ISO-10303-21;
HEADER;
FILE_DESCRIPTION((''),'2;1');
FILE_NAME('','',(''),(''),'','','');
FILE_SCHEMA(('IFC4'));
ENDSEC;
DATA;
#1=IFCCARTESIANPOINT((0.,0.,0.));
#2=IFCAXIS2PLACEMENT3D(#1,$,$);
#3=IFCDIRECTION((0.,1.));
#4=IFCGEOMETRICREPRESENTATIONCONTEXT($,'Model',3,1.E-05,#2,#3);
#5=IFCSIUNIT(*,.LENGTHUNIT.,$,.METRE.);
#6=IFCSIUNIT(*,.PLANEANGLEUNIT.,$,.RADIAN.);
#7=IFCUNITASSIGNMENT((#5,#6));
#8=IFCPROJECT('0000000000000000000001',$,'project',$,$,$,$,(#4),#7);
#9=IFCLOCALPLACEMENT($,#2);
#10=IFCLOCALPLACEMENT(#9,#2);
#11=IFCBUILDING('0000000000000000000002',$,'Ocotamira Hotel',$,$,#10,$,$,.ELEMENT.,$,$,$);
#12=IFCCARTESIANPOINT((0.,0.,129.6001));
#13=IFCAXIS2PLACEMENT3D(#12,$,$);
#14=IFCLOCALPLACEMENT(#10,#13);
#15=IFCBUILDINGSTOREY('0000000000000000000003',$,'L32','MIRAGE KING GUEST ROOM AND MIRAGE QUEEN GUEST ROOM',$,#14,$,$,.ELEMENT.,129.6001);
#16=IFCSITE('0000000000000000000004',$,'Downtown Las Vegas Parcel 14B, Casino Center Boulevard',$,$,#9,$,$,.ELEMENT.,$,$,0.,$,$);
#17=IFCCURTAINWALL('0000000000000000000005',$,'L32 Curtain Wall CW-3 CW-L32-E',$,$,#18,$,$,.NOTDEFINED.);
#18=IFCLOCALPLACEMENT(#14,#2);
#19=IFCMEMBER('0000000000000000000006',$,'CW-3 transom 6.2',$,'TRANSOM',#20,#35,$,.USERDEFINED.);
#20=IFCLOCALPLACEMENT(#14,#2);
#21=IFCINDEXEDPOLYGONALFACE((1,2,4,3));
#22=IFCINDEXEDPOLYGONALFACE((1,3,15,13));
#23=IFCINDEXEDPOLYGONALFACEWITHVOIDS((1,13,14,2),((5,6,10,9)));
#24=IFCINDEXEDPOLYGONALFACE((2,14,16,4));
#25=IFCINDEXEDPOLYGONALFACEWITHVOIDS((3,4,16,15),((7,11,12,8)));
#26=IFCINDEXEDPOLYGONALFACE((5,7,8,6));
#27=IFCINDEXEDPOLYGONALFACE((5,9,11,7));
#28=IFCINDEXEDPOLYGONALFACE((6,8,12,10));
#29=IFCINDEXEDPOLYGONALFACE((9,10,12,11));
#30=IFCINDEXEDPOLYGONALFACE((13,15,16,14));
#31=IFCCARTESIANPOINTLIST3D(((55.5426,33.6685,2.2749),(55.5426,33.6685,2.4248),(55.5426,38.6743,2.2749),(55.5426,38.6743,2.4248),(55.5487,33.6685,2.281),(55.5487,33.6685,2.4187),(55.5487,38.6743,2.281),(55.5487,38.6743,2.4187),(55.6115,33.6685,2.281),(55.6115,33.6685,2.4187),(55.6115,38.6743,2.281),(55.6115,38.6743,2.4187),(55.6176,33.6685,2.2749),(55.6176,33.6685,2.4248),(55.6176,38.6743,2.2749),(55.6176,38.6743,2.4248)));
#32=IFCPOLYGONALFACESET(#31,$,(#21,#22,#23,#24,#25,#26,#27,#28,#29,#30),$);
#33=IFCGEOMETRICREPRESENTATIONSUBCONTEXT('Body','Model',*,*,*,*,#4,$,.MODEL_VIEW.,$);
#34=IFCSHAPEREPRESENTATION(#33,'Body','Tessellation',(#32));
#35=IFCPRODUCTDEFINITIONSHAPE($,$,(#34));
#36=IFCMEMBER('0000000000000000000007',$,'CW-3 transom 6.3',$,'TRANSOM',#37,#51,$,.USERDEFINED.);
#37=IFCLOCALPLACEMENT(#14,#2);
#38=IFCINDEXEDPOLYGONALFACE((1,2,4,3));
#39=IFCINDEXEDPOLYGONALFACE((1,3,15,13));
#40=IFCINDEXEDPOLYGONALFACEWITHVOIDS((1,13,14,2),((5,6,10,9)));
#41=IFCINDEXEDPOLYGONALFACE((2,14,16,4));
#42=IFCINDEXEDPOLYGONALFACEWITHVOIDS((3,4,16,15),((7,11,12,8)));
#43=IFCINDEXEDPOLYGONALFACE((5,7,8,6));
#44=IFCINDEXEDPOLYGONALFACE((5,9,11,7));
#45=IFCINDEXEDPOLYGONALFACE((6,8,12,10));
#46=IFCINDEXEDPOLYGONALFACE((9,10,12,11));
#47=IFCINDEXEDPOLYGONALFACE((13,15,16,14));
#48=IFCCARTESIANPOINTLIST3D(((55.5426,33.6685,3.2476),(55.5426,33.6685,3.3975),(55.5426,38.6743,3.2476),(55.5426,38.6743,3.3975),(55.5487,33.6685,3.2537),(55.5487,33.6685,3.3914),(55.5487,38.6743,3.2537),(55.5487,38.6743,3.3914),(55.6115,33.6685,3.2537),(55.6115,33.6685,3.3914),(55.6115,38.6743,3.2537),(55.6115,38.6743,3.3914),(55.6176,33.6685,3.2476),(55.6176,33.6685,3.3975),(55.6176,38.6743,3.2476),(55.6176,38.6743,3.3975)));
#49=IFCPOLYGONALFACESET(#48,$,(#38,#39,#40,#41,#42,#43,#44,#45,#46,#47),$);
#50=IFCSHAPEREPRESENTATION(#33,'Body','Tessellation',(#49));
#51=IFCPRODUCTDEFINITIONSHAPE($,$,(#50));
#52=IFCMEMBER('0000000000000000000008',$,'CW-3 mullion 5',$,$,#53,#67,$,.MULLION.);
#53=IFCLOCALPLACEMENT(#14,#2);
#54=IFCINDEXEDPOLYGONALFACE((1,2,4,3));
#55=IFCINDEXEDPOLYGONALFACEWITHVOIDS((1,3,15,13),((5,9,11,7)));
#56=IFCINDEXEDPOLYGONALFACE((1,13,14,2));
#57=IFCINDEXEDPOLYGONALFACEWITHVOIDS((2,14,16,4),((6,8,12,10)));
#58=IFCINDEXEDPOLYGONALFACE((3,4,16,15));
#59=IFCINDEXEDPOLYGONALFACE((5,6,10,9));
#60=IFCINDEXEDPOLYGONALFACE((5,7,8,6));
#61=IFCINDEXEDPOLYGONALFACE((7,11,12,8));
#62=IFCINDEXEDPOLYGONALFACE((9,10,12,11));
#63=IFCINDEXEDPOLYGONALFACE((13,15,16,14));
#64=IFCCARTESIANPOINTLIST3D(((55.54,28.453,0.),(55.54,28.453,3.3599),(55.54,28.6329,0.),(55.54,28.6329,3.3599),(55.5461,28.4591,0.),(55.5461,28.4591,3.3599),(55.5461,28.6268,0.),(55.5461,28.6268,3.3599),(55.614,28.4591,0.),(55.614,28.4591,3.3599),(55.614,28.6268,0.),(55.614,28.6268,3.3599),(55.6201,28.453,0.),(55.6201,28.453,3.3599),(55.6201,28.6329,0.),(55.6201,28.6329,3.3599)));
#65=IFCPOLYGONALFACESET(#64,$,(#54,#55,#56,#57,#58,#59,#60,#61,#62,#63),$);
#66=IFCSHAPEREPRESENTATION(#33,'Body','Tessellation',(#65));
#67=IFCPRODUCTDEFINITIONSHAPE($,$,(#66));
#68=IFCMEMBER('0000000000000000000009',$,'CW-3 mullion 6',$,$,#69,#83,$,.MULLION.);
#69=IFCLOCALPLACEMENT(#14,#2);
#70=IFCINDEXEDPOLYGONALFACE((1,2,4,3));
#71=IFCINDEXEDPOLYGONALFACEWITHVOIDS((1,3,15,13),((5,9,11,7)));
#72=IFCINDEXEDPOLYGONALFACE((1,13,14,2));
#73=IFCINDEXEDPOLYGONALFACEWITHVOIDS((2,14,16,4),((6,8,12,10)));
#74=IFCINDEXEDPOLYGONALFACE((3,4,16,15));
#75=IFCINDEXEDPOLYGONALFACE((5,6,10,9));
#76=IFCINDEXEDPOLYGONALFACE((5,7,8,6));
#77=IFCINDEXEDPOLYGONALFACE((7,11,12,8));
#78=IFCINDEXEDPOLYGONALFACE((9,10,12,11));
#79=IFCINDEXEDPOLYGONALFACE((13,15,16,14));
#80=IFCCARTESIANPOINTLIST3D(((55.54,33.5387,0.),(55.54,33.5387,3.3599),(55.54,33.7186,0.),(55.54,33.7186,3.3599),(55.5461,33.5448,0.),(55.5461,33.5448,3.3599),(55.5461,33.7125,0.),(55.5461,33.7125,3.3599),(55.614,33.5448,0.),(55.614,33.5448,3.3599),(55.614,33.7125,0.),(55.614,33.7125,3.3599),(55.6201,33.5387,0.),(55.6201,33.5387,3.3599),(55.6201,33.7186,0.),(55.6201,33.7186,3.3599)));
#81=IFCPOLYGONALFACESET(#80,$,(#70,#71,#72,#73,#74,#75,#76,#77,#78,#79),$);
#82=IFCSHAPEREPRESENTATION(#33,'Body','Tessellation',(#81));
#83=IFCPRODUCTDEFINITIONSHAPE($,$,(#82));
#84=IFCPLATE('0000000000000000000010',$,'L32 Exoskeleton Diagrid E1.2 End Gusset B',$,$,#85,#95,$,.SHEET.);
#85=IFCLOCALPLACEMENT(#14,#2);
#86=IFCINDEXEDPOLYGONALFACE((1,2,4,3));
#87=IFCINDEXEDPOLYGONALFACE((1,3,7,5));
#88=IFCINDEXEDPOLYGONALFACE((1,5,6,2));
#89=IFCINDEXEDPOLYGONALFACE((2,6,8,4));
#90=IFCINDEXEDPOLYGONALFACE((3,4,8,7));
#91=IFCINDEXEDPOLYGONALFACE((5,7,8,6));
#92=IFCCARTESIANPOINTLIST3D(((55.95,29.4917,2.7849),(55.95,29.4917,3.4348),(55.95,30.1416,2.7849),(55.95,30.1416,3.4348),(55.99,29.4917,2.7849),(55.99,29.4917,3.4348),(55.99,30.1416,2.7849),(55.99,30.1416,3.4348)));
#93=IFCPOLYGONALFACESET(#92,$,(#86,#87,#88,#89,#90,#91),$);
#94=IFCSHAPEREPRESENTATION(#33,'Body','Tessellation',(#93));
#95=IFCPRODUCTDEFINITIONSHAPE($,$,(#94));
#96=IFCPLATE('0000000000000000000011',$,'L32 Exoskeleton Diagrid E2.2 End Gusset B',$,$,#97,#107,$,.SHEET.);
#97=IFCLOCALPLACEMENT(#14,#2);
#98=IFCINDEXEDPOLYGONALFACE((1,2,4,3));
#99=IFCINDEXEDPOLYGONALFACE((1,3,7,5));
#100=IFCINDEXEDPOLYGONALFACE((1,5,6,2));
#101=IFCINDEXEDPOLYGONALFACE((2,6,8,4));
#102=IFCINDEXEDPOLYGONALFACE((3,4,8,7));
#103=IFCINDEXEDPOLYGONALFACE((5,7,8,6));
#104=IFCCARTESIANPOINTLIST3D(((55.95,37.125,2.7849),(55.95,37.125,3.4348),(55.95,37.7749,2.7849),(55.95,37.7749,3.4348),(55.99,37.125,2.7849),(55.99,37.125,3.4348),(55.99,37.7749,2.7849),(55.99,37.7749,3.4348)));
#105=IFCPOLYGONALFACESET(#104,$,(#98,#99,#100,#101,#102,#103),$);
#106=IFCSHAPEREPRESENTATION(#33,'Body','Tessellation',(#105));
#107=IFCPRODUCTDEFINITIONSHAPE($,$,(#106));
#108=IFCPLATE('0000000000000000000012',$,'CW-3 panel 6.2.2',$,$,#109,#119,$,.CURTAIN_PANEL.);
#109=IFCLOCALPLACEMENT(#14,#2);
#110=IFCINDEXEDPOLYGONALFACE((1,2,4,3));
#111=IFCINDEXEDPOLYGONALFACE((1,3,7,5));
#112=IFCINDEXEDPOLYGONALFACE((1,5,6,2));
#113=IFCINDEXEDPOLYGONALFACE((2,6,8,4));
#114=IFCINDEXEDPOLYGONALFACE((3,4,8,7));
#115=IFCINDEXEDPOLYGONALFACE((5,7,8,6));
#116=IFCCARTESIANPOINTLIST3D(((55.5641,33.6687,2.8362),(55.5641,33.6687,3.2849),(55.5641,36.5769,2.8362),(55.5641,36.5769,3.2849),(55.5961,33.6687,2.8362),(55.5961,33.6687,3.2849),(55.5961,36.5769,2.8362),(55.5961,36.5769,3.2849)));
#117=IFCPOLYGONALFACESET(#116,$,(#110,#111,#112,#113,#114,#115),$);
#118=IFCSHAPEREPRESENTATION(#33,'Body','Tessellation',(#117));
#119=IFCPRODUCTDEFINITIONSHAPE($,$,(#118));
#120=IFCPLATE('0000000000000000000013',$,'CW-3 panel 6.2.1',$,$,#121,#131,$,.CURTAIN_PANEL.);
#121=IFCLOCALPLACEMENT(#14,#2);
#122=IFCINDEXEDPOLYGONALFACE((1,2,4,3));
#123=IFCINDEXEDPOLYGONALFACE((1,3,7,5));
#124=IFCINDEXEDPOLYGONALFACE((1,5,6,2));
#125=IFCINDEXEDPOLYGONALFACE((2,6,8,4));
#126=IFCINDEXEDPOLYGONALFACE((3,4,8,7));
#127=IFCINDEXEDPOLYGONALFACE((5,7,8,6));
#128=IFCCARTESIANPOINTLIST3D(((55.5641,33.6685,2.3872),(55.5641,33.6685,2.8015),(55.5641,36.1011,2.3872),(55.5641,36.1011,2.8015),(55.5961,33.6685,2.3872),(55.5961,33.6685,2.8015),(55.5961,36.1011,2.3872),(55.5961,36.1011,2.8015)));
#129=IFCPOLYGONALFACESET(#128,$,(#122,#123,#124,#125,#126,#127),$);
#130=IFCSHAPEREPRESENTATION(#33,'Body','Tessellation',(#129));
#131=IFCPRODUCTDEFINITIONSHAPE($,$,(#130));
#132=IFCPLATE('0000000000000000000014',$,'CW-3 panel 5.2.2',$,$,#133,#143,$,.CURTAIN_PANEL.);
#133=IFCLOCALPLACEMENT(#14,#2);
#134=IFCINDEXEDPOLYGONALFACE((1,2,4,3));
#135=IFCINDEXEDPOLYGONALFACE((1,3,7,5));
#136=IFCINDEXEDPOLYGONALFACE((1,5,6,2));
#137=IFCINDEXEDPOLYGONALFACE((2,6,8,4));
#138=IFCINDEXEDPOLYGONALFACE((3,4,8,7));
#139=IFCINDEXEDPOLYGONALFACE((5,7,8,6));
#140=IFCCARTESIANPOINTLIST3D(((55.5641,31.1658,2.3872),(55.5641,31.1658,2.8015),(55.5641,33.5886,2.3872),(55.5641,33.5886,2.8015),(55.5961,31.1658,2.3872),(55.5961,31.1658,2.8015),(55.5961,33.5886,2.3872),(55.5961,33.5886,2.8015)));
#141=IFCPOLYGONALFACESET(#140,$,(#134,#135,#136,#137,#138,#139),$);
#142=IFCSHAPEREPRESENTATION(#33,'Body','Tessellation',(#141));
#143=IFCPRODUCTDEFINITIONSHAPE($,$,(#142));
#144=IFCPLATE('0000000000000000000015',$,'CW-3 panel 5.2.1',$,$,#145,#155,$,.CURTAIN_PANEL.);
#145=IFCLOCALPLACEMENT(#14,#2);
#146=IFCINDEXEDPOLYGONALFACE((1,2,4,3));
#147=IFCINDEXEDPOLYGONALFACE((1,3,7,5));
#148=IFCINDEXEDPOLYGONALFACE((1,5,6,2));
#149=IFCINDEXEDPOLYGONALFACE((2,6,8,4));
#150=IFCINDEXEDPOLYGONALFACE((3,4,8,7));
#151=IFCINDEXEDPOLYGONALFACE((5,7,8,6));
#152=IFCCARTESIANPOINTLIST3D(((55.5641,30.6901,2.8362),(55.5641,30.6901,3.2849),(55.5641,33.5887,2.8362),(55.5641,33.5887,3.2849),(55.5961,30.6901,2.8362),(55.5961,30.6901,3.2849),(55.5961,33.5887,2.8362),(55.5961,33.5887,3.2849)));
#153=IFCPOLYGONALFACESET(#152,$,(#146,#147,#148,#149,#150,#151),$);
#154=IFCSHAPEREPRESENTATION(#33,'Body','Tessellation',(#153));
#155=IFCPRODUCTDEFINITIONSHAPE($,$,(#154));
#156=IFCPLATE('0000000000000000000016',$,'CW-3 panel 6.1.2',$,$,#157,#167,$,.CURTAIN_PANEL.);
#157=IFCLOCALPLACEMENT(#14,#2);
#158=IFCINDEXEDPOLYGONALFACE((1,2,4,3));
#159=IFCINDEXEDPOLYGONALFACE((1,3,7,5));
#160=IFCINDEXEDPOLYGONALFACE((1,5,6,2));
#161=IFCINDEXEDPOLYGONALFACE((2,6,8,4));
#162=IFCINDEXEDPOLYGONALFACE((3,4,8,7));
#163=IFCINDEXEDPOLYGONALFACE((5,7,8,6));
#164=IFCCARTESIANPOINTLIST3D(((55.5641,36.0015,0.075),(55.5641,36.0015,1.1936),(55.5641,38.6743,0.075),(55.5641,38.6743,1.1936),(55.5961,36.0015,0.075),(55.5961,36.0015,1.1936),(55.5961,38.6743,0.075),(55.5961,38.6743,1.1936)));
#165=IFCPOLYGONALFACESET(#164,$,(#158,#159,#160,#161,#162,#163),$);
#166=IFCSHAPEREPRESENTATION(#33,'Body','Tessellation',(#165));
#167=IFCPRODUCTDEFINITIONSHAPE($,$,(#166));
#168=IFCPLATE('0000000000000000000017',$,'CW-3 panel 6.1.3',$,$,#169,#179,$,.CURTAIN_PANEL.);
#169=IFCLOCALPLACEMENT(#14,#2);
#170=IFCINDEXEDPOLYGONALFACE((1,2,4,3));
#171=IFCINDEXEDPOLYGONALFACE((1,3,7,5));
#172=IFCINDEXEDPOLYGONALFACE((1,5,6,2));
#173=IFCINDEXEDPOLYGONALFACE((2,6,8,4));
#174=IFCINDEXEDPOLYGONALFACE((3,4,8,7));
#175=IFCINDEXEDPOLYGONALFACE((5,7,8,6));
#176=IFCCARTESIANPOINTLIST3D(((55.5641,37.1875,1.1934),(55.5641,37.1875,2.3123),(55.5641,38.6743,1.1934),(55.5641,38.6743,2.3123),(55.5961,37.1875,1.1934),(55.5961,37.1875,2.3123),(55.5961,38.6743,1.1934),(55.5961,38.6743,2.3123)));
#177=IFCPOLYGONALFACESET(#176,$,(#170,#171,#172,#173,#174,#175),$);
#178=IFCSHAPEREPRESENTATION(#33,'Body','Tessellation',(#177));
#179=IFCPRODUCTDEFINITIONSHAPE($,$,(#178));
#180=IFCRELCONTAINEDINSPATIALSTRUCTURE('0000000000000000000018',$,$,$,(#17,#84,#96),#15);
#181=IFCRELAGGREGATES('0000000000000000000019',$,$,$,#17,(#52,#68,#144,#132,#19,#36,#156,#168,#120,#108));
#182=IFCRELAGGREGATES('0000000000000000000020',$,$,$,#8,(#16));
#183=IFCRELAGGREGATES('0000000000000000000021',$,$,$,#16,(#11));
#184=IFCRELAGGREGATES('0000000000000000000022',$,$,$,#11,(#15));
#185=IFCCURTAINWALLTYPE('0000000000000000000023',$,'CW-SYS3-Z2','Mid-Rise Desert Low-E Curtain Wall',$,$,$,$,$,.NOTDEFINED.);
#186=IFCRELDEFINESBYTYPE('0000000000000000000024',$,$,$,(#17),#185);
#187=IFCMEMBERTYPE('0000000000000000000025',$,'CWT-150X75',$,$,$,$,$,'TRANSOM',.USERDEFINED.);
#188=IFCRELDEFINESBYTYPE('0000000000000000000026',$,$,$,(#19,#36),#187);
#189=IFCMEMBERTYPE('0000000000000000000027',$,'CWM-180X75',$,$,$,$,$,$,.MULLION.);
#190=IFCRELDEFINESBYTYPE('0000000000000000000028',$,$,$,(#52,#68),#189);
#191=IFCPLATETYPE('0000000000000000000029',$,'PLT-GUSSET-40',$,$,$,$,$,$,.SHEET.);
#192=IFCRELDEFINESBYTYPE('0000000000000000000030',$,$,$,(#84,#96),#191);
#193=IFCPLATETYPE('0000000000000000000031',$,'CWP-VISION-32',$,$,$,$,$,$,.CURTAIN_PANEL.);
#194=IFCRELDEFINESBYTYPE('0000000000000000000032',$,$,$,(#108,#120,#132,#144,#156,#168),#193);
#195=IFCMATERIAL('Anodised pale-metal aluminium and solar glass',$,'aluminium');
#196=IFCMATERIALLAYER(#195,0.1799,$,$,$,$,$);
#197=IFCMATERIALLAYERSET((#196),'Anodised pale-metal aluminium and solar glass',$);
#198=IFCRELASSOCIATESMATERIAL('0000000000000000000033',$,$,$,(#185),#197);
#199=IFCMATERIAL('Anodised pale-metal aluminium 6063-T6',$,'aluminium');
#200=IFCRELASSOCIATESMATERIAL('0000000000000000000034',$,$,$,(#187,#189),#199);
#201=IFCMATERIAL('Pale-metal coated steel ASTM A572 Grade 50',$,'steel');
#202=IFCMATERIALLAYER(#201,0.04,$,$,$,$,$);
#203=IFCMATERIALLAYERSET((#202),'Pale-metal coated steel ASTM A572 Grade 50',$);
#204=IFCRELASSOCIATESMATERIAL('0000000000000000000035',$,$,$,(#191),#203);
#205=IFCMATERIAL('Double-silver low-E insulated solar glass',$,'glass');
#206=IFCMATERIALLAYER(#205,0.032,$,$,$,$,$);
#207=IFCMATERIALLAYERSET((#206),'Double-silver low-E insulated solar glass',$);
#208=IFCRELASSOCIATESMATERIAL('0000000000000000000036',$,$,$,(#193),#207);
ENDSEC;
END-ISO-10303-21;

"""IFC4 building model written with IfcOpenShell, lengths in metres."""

from ifc_helpers import new_model, si_unit, direction, frame, origin, origin_2d, place, context, subcontext, project, spatial, rectangle, hollow_rectangle, extrude, source, transform, mapped, material, layer, layer_set, material_profile, profile_set, type_object, element, aggregate, save


model = new_model("IFC4")

# Units and contexts
model_context = context("Model", 3, precision=1e-05, world=origin(), true_north=direction((0.0, 1.0)))
body_context = subcontext(model_context, "Body", "Model", "MODEL_VIEW")
ifc_project = project(units=[si_unit("LENGTHUNIT", "METRE"), si_unit("PLANEANGLEUNIT", "RADIAN")], contexts=[model_context])

# Site, building, storey
site_placement = place(None, origin())
site = spatial("IfcSite", under=ifc_project, at=site_placement, Name="Downtown Las Vegas Parcel 14B, Casino Center Boulevard", CompositionType="ELEMENT", RefElevation=0.0)
building_placement = place(site_placement, origin())
building = spatial("IfcBuilding", under=site, at=building_placement, Name="Ocotamira Hotel", CompositionType="ELEMENT")
storey_placement = place(building_placement, frame((0.0, 0.0, 129.6001)))
storey = spatial("IfcBuildingStorey", under=building, at=storey_placement, Name="L32", Description="MIRAGE KING GUEST ROOM AND MIRAGE QUEEN GUEST ROOM", CompositionType="ELEMENT", Elevation=129.6001)

# Curtain wall, members
ifc_material_1 = material(Name="Anodised pale-metal aluminium and solar glass", Category="aluminium")
ifc_layer_1 = layer(ifc_material_1, 0.1799)
ifc_layer_set_1 = layer_set([ifc_layer_1], Name="Anodised pale-metal aluminium and solar glass")
curtain_wall_type = type_object("IfcCurtainWallType", Name="CW-SYS3-Z2", Description="Mid-Rise Desert Low-E Curtain Wall", PredefinedType="NOTDEFINED", material=ifc_layer_set_1)
curtain_wall_placement = place(storey_placement, origin())
curtain_wall = element("IfcCurtainWall", 1, at=curtain_wall_placement, inside=storey, type_object=curtain_wall_type, Name="L32 Curtain Wall CW-3 CW-L32-E", PredefinedType="NOTDEFINED")
ifc_material_2 = material(Name="Anodised pale-metal aluminium 6063-T6", Category="aluminium")
ifc_material_profile_1 = material_profile(ifc_material_2, hollow_rectangle(XDim=0.075, YDim=0.1499, WallThickness=0.0061, at=origin_2d()), Name="HSS150X75X6")
ifc_profile_set_1 = profile_set([ifc_material_profile_1], Name="Anodised pale-metal aluminium 6063-T6")
member_type_1 = type_object("IfcMemberType", Name="CWT-150X75", ElementType="TRANSOM", PredefinedType="USERDEFINED", material=ifc_profile_set_1)
shared_shape_1 = source(origin(), body_context, "Body", "SweptSolid", [
    extrude(hollow_rectangle(XDim=0.075, YDim=0.1499, WallThickness=0.0061, at=origin_2d()), origin(), (0.0, 0.0, 1.0), 5.0059),
])
member_1_placement = place(storey_placement, frame((55.5801, 33.6685, 2.3499), z_axis=(0.0, 1.0, 0.0), x_axis=(-1.0, 0.0, 0.0)))
member_1 = element("IfcMember", 2, at=member_1_placement, type_object=member_type_1, Name="CW-3 transom 6.2", ObjectType="TRANSOM", PredefinedType="USERDEFINED", context=body_context, shape_type="MappedRepresentation", body=[
    mapped(shared_shape_1, transform((0.0, 0.0, 0.0), scale=1.0)),
])
member_2_placement = place(storey_placement, frame((55.5801, 33.6685, 3.3225), z_axis=(0.0, 1.0, 0.0), x_axis=(-1.0, 0.0, 0.0)))
member_2 = element("IfcMember", 3, at=member_2_placement, type_object=member_type_1, Name="CW-3 transom 6.3", ObjectType="TRANSOM", PredefinedType="USERDEFINED", context=body_context, shape_type="MappedRepresentation", body=[
    mapped(shared_shape_1, transform((0.0, 0.0, 0.0), scale=1.0)),
])
ifc_material_profile_2 = material_profile(ifc_material_2, hollow_rectangle(XDim=0.0801, YDim=0.1799, WallThickness=0.0061, at=origin_2d()), Name="HSS180X80X6")
ifc_profile_set_2 = profile_set([ifc_material_profile_2], Name="Anodised pale-metal aluminium 6063-T6")
member_type_2 = type_object("IfcMemberType", Name="CWM-180X75", PredefinedType="MULLION", material=ifc_profile_set_2)
shared_shape_2 = source(origin(), body_context, "Body", "SweptSolid", [
    extrude(hollow_rectangle(XDim=0.0801, YDim=0.1799, WallThickness=0.0061, at=origin_2d()), origin(), (0.0, 0.0, 1.0), 3.3599),
])
member_3_placement = place(storey_placement, frame((55.5801, 28.543, 0.0), z_axis=(0.0, 0.0, 1.0), x_axis=(-1.0, 0.0, 0.0)))
member_3 = element("IfcMember", 4, at=member_3_placement, type_object=member_type_2, Name="CW-3 mullion 5", PredefinedType="MULLION", context=body_context, shape_type="MappedRepresentation", body=[
    mapped(shared_shape_2, transform((0.0, 0.0, 0.0), scale=1.0)),
])
member_4_placement = place(storey_placement, frame((55.5801, 33.6287, 0.0), z_axis=(0.0, 0.0, 1.0), x_axis=(-1.0, 0.0, 0.0)))
member_4 = element("IfcMember", 5, at=member_4_placement, type_object=member_type_2, Name="CW-3 mullion 6", PredefinedType="MULLION", context=body_context, shape_type="MappedRepresentation", body=[
    mapped(shared_shape_2, transform((0.0, 0.0, 0.0), scale=1.0)),
])

# Plates
ifc_material_3 = material(Name="Pale-metal coated steel ASTM A572 Grade 50", Category="steel")
ifc_layer_2 = layer(ifc_material_3, 0.04)
ifc_layer_set_2 = layer_set([ifc_layer_2], Name="Pale-metal coated steel ASTM A572 Grade 50")
plate_type_1 = type_object("IfcPlateType", Name="PLT-GUSSET-40", PredefinedType="SHEET", material=ifc_layer_set_2)
shared_shape_3 = source(origin(), body_context, "Body", "SweptSolid", [
    extrude(rectangle(XDim=0.04, YDim=0.6499, at=origin_2d()), origin(), (0.0, 0.0, 1.0), 0.6499),
])
for number, where, z_axis, x_axis, name in (
    (6, (55.97, 29.8167, 2.7849), (0.0, 0.0, 1.0), (1.0, 0.0, 0.0), "L32 Exoskeleton Diagrid E1.2 End Gusset B"),
    (7, (55.97, 37.45, 2.7849), (0.0, 0.0, 1.0), (1.0, 0.0, 0.0), "L32 Exoskeleton Diagrid E2.2 End Gusset B"),
):
    element("IfcPlate", number, at=place(storey_placement, frame(where, z_axis=z_axis, x_axis=x_axis)), inside=storey, type_object=plate_type_1, Name=name, PredefinedType="SHEET", context=body_context, shape_type="MappedRepresentation", body=[
        mapped(shared_shape_3, transform((0.0, 0.0, 0.0), scale=1.0)),
    ])

# Plates
ifc_material_4 = material(Name="Double-silver low-E insulated solar glass", Category="glass")
ifc_layer_3 = layer(ifc_material_4, 0.032)
ifc_layer_set_3 = layer_set([ifc_layer_3], Name="Double-silver low-E insulated solar glass")
plate_type_2 = type_object("IfcPlateType", Name="CWP-VISION-32", PredefinedType="CURTAIN_PANEL", material=ifc_layer_set_3)
shared_shape_4 = source(origin(), body_context, "Body", "SweptSolid", [
    extrude(rectangle(XDim=2.9082, YDim=0.032, at=origin_2d()), origin(), (0.0, 0.0, 1.0), 0.4487),
])
plate_1_placement = place(storey_placement, frame((55.5801, 35.1228, 2.8362), z_axis=(0.0, 0.0, 1.0), x_axis=(0.0, 1.0, 0.0)))
plate_1 = element("IfcPlate", 8, at=plate_1_placement, type_object=plate_type_2, Name="CW-3 panel 6.2.2", PredefinedType="CURTAIN_PANEL", context=body_context, shape_type="MappedRepresentation", body=[
    mapped(shared_shape_4, transform((0.0, 0.0, 0.0), scale=1.0)),
])
shared_shape_5 = source(origin(), body_context, "Body", "SweptSolid", [
    extrude(rectangle(XDim=2.4326, YDim=0.032, at=origin_2d()), origin(), (0.0, 0.0, 1.0), 0.4143),
])
plate_2_placement = place(storey_placement, frame((55.5801, 34.8848, 2.3872), z_axis=(0.0, 0.0, 1.0), x_axis=(0.0, 1.0, 0.0)))
plate_2 = element("IfcPlate", 9, at=plate_2_placement, type_object=plate_type_2, Name="CW-3 panel 6.2.1", PredefinedType="CURTAIN_PANEL", context=body_context, shape_type="MappedRepresentation", body=[
    mapped(shared_shape_5, transform((0.0, 0.0, 0.0), scale=1.0)),
])
shared_shape_6 = source(origin(), body_context, "Body", "SweptSolid", [
    extrude(rectangle(XDim=2.4229, YDim=0.032, at=origin_2d()), origin(), (0.0, 0.0, 1.0), 0.4143),
])
plate_3_placement = place(storey_placement, frame((55.5801, 32.3772, 2.3872), z_axis=(0.0, 0.0, 1.0), x_axis=(0.0, 1.0, 0.0)))
plate_3 = element("IfcPlate", 10, at=plate_3_placement, type_object=plate_type_2, Name="CW-3 panel 5.2.2", PredefinedType="CURTAIN_PANEL", context=body_context, shape_type="MappedRepresentation", body=[
    mapped(shared_shape_6, transform((0.0, 0.0, 0.0), scale=1.0)),
])
shared_shape_7 = source(origin(), body_context, "Body", "SweptSolid", [
    extrude(rectangle(XDim=2.8987, YDim=0.032, at=origin_2d()), origin(), (0.0, 0.0, 1.0), 0.4487),
])
plate_4_placement = place(storey_placement, frame((55.5801, 32.1394, 2.8362), z_axis=(0.0, 0.0, 1.0), x_axis=(0.0, 1.0, 0.0)))
plate_4 = element("IfcPlate", 11, at=plate_4_placement, type_object=plate_type_2, Name="CW-3 panel 5.2.1", PredefinedType="CURTAIN_PANEL", context=body_context, shape_type="MappedRepresentation", body=[
    mapped(shared_shape_7, transform((0.0, 0.0, 0.0), scale=1.0)),
])
shared_shape_8 = source(origin(), body_context, "Body", "SweptSolid", [
    extrude(rectangle(XDim=2.6729, YDim=0.032, at=origin_2d()), origin(), (0.0, 0.0, 1.0), 1.1187),
])
plate_5_placement = place(storey_placement, frame((55.5801, 37.3379, 0.075), z_axis=(0.0, 0.0, 1.0), x_axis=(0.0, 1.0, 0.0)))
plate_5 = element("IfcPlate", 12, at=plate_5_placement, type_object=plate_type_2, Name="CW-3 panel 6.1.2", PredefinedType="CURTAIN_PANEL", context=body_context, shape_type="MappedRepresentation", body=[
    mapped(shared_shape_8, transform((0.0, 0.0, 0.0), scale=1.0)),
])
shared_shape_9 = source(origin(), body_context, "Body", "SweptSolid", [
    extrude(rectangle(XDim=1.4868, YDim=0.032, at=origin_2d()), origin(), (0.0, 0.0, 1.0), 1.1189),
])
plate_6_placement = place(storey_placement, frame((55.5801, 37.9309, 1.1934), z_axis=(0.0, 0.0, 1.0), x_axis=(0.0, 1.0, 0.0)))
plate_6 = element("IfcPlate", 13, at=plate_6_placement, type_object=plate_type_2, Name="CW-3 panel 6.1.3", PredefinedType="CURTAIN_PANEL", context=body_context, shape_type="MappedRepresentation", body=[
    mapped(shared_shape_9, transform((0.0, 0.0, 0.0), scale=1.0)),
])
aggregate(curtain_wall, [member_3, member_4, plate_4, plate_3, member_1, member_2, plate_5, plate_6, plate_2, plate_1])

save(model, "model.ifc")
